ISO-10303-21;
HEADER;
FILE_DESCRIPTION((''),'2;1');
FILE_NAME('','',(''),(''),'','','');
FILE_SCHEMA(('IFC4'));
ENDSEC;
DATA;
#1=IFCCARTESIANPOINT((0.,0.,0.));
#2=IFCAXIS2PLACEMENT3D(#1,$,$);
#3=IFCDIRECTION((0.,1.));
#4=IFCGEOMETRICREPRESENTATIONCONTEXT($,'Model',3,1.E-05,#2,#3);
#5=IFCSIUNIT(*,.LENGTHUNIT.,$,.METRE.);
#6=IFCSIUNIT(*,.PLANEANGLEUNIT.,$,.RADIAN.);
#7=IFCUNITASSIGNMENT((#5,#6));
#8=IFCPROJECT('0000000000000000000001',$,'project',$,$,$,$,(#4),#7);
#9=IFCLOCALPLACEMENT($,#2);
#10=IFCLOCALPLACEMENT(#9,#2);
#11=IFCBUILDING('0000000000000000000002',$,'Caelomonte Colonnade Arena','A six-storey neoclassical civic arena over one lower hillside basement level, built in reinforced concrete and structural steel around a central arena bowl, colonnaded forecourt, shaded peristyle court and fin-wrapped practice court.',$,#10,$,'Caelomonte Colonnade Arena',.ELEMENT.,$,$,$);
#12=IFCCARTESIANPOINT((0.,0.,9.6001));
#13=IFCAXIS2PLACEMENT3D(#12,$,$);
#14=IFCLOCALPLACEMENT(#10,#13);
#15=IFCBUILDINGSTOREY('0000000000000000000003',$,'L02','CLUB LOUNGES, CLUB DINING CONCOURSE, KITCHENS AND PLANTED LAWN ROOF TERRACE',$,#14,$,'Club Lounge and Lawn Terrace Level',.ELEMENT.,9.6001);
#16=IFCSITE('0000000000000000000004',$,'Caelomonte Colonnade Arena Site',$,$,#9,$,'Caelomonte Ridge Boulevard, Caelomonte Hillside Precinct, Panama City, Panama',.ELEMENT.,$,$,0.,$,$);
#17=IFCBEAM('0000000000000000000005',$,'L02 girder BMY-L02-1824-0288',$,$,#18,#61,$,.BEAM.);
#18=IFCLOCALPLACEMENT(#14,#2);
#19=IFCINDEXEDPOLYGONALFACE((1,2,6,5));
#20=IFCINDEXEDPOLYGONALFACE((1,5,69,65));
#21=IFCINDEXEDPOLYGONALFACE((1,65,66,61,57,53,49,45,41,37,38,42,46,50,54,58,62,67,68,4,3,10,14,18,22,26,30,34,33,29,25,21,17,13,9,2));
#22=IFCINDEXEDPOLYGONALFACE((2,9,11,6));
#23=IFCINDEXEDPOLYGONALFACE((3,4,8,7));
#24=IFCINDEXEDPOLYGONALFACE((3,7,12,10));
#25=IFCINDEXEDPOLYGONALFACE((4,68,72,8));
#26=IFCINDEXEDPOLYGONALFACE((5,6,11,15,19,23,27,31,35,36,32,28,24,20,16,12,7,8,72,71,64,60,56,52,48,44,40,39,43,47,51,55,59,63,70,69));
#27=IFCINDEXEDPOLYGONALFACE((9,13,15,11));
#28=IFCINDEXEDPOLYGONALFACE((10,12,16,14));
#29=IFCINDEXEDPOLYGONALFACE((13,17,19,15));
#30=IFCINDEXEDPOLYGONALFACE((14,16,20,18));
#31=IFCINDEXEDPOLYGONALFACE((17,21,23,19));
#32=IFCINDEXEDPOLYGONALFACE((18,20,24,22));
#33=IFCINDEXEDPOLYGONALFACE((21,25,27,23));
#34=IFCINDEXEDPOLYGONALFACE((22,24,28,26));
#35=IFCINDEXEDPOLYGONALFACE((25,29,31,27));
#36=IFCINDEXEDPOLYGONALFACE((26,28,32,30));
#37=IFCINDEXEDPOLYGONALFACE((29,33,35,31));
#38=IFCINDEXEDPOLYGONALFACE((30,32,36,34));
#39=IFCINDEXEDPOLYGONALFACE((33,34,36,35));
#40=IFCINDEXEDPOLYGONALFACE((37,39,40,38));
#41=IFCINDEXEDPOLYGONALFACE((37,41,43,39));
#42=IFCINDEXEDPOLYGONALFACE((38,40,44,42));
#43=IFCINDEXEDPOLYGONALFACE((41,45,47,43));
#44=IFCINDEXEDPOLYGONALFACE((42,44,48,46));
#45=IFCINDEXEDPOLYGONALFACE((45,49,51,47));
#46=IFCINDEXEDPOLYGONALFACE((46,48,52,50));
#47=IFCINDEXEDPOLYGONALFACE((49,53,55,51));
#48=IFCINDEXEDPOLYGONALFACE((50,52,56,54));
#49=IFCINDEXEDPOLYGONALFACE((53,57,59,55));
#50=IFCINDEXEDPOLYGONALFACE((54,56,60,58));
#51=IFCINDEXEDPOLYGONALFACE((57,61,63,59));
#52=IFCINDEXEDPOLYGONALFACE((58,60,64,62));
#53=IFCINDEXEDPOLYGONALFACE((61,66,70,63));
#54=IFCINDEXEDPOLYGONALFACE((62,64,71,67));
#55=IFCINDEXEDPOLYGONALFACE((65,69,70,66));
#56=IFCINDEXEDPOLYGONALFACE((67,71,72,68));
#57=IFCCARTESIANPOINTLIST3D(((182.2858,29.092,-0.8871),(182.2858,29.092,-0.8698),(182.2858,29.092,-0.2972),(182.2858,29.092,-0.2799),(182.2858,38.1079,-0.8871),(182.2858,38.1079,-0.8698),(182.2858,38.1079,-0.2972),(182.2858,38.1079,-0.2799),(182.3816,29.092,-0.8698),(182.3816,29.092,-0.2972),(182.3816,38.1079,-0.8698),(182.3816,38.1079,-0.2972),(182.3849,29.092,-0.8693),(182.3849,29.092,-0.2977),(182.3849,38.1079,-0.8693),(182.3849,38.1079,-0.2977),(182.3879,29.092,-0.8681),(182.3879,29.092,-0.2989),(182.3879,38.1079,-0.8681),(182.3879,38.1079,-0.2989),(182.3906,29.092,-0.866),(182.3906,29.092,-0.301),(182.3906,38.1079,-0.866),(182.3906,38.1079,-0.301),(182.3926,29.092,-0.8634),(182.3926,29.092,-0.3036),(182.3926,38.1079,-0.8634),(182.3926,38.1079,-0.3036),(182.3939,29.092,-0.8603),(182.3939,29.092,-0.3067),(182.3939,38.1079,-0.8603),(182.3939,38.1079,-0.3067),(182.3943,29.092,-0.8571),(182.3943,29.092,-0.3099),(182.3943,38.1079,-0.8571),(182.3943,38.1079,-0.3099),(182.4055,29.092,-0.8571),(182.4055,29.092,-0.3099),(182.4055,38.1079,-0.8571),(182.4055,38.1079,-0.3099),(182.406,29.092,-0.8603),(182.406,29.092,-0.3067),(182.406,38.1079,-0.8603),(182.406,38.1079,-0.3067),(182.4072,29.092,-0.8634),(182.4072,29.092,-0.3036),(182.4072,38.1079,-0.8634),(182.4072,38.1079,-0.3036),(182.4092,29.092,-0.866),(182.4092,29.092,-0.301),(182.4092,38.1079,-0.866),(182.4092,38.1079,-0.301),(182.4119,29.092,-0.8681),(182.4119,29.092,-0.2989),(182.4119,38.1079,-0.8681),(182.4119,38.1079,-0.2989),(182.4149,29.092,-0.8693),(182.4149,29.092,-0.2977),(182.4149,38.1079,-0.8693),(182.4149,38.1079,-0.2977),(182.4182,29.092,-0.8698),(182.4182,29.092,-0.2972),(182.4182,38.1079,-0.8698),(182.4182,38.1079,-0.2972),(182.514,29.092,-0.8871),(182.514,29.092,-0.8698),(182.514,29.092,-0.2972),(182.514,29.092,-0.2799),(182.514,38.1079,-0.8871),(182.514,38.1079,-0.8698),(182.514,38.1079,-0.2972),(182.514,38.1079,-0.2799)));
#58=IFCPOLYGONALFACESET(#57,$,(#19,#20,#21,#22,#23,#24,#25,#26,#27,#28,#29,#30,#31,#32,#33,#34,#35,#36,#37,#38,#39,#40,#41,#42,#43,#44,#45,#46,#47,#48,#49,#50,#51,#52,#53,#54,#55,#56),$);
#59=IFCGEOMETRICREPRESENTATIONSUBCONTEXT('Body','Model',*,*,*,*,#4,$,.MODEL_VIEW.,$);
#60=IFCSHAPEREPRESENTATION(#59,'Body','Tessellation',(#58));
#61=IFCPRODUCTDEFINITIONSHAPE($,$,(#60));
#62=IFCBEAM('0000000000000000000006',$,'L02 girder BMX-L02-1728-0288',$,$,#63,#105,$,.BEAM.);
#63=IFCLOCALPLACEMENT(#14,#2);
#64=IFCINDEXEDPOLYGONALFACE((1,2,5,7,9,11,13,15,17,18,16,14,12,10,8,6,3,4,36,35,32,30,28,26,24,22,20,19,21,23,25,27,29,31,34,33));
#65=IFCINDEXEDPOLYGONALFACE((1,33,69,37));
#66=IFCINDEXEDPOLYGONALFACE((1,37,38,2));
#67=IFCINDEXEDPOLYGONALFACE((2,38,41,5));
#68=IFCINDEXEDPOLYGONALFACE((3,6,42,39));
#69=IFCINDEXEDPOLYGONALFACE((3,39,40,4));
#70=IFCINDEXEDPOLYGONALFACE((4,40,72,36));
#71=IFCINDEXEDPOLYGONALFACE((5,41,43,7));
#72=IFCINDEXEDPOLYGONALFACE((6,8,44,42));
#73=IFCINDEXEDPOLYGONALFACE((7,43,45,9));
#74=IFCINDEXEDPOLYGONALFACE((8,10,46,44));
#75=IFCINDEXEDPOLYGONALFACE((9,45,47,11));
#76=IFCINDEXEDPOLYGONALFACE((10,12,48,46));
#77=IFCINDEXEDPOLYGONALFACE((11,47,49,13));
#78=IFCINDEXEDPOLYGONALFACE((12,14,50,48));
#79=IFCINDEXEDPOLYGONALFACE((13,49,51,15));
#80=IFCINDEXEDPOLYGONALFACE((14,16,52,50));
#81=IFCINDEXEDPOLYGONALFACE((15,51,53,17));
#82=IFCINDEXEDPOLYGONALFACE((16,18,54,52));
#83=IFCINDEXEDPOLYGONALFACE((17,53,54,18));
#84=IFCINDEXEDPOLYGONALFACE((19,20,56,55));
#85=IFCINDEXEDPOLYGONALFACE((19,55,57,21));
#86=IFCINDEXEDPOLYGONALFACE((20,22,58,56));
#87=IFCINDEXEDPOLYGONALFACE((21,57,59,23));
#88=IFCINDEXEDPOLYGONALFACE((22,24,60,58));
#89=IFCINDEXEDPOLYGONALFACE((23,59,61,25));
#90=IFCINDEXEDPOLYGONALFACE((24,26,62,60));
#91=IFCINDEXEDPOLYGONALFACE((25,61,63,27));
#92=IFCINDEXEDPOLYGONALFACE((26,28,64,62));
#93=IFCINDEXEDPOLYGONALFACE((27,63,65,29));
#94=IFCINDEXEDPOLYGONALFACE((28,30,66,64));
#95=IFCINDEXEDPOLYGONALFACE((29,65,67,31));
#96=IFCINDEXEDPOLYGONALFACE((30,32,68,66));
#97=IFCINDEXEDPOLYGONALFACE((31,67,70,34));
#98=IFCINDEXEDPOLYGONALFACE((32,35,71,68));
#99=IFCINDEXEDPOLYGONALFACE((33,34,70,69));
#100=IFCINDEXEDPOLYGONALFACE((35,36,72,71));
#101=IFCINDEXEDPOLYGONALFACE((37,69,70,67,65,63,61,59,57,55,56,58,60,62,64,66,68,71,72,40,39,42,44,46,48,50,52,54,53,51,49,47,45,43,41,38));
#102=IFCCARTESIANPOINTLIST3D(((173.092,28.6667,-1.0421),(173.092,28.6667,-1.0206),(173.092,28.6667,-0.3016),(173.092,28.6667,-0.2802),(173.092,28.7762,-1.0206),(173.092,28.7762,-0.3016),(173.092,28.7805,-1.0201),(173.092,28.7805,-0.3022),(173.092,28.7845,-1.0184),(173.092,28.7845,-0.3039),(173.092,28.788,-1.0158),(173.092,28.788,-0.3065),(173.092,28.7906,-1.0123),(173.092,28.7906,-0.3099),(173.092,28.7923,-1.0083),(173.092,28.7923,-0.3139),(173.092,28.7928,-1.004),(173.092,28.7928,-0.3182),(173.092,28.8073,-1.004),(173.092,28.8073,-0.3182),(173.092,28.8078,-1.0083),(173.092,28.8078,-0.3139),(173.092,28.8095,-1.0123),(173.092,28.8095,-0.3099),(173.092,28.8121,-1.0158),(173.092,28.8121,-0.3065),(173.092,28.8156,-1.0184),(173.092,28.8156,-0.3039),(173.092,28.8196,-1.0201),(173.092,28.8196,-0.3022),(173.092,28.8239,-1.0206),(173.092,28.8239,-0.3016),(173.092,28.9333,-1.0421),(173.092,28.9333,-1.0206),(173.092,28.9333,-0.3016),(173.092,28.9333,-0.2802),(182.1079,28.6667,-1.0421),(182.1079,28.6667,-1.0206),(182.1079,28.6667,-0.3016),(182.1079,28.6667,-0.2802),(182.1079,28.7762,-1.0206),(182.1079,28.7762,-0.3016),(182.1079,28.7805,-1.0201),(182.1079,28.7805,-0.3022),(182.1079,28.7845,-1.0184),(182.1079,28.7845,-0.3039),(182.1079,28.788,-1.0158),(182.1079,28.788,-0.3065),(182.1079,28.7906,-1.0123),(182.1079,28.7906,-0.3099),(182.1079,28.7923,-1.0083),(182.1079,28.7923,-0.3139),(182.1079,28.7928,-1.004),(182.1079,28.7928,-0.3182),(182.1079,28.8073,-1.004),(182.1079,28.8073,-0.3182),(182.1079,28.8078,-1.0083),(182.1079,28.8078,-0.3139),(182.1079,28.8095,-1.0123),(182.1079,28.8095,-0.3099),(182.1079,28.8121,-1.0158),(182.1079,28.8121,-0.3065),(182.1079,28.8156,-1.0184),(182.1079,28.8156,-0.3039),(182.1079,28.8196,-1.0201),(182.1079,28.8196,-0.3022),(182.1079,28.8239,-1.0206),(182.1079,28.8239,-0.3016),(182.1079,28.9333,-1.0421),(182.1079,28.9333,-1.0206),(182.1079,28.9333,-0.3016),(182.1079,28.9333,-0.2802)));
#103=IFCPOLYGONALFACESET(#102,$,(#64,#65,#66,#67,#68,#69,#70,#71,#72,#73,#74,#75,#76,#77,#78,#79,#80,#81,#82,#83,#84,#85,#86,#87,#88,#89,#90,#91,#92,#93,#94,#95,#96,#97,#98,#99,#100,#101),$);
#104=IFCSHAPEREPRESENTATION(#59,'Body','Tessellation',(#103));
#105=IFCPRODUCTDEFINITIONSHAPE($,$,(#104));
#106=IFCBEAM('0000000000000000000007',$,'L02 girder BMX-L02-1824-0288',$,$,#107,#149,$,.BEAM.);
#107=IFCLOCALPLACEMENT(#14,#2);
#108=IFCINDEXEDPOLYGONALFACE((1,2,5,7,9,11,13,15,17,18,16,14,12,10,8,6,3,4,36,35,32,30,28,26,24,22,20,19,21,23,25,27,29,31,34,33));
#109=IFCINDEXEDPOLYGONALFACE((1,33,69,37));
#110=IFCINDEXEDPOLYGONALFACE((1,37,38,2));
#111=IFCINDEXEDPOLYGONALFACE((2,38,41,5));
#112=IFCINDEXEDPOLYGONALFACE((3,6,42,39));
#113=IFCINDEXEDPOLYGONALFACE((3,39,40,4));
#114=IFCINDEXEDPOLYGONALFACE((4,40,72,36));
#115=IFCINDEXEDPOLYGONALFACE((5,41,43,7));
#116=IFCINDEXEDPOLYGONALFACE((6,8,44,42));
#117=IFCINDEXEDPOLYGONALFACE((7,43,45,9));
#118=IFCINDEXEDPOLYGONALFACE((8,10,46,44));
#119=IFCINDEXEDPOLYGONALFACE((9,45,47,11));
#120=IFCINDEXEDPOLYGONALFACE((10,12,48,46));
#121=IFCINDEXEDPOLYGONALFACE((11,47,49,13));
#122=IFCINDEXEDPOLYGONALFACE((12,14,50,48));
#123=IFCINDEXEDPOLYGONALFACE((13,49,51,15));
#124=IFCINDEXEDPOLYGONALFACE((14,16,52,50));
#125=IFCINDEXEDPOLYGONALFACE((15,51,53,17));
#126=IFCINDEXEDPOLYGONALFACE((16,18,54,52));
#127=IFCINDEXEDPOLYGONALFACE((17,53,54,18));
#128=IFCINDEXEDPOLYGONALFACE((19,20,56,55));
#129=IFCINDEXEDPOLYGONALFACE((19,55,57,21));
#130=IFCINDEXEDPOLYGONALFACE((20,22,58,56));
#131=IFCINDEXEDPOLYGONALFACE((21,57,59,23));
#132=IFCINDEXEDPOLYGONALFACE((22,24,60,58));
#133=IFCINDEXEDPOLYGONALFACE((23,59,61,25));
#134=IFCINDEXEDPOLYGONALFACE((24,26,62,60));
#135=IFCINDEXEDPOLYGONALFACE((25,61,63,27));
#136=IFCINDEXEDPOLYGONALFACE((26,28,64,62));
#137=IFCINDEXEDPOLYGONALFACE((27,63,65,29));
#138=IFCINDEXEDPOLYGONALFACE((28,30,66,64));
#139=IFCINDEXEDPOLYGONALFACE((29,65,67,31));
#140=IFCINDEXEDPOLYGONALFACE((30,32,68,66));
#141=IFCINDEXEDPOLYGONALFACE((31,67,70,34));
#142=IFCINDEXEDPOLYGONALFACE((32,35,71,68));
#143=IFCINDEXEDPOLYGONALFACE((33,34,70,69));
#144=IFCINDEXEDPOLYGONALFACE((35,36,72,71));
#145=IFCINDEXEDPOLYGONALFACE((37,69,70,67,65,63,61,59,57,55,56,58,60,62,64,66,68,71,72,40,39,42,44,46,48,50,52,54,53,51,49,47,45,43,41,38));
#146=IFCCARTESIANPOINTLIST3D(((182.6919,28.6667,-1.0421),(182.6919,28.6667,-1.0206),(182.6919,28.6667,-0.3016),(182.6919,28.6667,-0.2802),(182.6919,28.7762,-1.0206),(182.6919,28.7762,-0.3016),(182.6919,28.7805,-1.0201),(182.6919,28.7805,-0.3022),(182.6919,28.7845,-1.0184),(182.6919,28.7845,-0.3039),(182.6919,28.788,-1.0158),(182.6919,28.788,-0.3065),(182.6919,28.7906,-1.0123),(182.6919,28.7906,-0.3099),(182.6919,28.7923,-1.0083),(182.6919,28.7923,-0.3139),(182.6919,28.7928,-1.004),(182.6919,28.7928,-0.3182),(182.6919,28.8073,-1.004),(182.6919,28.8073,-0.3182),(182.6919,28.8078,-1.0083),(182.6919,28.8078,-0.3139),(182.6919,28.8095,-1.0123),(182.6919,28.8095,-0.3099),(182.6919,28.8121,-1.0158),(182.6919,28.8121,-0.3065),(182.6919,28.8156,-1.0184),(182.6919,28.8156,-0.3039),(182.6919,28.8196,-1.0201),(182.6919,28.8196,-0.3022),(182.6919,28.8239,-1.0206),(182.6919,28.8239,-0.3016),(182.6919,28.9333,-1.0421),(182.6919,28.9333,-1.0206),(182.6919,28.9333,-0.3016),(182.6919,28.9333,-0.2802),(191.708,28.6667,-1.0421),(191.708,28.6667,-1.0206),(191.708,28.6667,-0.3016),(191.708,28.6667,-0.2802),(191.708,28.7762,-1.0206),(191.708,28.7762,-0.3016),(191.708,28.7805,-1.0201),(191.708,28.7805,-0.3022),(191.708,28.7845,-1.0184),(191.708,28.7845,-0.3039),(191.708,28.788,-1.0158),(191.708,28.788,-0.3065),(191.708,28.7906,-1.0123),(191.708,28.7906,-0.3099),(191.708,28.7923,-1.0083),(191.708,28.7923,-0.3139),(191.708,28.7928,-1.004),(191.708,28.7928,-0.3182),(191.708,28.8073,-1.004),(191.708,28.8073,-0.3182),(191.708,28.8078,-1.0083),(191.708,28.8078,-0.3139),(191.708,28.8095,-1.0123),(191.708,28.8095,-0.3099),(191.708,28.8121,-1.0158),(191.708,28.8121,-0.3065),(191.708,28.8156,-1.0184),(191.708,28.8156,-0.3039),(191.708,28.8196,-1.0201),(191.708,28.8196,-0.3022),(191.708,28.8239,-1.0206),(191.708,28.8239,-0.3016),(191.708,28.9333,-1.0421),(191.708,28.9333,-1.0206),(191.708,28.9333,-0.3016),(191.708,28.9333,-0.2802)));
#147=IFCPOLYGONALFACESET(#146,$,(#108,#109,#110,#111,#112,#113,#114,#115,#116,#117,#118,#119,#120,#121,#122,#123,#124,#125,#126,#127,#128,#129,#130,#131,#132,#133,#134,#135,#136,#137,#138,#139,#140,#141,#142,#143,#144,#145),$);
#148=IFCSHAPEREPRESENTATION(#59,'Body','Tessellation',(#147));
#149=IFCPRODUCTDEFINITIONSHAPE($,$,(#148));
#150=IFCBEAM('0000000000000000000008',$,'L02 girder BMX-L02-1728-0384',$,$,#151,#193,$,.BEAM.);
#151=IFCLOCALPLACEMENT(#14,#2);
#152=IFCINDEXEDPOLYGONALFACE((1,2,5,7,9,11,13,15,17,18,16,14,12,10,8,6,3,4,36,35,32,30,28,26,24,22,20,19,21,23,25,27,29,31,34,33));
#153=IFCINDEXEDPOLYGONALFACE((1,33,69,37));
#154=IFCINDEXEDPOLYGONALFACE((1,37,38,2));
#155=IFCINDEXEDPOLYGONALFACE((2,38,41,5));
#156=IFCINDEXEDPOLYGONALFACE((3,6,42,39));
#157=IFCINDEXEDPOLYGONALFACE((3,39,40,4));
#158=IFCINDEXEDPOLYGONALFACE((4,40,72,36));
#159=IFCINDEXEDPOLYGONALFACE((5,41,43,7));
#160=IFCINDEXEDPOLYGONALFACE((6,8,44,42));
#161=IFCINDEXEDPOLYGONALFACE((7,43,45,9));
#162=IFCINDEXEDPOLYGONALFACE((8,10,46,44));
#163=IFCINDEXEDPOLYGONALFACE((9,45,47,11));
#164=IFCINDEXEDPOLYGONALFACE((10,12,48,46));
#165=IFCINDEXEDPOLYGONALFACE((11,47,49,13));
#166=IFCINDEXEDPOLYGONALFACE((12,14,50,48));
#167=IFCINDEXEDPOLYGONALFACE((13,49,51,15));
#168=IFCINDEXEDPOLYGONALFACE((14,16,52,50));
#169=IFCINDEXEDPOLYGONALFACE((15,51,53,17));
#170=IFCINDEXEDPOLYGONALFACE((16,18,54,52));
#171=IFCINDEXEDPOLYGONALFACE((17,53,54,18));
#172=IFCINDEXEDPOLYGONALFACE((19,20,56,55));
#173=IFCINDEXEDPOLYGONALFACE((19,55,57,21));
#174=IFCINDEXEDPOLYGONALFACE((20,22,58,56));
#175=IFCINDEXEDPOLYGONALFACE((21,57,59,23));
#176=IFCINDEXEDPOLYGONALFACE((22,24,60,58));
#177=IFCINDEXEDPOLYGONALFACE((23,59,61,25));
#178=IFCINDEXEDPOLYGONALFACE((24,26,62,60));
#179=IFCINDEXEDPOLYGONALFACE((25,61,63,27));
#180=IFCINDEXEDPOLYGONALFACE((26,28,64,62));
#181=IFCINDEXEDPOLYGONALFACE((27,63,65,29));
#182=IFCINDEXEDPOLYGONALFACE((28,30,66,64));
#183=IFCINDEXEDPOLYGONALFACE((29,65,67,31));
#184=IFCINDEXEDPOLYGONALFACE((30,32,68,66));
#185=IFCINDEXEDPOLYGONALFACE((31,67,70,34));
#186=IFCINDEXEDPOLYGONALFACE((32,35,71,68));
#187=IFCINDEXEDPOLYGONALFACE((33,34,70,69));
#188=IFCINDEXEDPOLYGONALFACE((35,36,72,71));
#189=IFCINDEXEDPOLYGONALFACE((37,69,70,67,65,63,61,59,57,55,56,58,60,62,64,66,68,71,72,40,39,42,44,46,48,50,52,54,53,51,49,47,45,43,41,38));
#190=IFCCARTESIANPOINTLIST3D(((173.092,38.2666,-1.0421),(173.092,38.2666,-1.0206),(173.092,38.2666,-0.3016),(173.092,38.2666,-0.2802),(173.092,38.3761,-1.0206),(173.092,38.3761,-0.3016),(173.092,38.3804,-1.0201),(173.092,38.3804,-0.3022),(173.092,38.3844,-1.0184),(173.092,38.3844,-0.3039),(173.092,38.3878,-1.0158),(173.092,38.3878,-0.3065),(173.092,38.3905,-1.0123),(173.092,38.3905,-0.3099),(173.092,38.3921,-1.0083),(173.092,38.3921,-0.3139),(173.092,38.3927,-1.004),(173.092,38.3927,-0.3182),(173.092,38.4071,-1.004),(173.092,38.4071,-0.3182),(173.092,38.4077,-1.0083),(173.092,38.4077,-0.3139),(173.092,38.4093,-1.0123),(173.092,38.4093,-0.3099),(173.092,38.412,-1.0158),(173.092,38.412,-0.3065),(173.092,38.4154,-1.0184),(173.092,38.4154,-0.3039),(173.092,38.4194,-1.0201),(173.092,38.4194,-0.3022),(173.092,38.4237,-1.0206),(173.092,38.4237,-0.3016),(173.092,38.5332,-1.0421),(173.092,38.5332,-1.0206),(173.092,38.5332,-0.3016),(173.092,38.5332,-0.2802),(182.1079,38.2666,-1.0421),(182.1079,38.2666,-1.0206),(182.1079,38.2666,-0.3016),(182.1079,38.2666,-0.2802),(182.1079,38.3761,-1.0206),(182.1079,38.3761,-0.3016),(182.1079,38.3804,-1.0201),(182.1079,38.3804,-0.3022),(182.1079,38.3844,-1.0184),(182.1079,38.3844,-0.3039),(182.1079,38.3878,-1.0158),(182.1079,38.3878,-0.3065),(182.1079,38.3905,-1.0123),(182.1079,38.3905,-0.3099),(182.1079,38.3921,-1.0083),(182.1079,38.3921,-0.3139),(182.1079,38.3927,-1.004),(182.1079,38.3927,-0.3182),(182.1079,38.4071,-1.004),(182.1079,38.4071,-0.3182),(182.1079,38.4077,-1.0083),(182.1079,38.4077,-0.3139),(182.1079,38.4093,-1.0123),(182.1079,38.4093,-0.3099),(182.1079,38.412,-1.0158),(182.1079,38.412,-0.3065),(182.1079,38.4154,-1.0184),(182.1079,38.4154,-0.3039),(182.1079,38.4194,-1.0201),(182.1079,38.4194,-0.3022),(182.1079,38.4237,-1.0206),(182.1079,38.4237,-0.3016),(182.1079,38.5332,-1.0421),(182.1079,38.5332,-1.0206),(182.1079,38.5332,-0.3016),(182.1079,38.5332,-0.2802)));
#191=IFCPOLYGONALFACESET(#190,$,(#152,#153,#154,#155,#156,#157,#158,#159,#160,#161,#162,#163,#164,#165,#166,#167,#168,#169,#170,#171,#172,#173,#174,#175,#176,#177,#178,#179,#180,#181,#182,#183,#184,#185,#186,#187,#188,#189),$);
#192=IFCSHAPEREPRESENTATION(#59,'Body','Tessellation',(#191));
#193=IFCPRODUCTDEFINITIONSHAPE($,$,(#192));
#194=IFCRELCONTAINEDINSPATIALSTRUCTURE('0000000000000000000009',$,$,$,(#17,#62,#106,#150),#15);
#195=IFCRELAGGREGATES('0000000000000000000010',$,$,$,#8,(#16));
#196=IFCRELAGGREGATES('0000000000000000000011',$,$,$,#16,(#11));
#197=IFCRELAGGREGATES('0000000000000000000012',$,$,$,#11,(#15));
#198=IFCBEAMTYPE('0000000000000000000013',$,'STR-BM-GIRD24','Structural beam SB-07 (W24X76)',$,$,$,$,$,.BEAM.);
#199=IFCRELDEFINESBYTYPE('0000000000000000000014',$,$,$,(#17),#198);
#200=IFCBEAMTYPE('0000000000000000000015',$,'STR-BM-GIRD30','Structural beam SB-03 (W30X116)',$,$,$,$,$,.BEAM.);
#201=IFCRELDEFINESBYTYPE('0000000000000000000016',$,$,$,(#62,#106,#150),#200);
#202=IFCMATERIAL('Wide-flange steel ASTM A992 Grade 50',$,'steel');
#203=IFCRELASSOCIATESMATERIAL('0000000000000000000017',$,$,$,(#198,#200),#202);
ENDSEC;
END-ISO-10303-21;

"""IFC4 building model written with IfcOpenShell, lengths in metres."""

from ifc_helpers import new_model, si_unit, direction, frame, origin, origin_2d, place, context, subcontext, project, spatial, i_section, extrude, material, material_profile, profile_set, type_object, element, save


model = new_model("IFC4")

# Units and contexts
model_context = context("Model", 3, precision=1e-05, world=origin(), true_north=direction((0.0, 1.0)))
body_context = subcontext(model_context, "Body", "Model", "MODEL_VIEW")
ifc_project = project(units=[si_unit("LENGTHUNIT", "METRE"), si_unit("PLANEANGLEUNIT", "RADIAN")], contexts=[model_context])

# Site, building, storey
site_placement = place(None, origin())
site = spatial("IfcSite", under=ifc_project, at=site_placement, Name="Caelomonte Colonnade Arena Site", LongName="Caelomonte Ridge Boulevard, Caelomonte Hillside Precinct, Panama City, Panama", CompositionType="ELEMENT", RefElevation=0.0)
building_placement = place(site_placement, origin())
building = spatial("IfcBuilding", under=site, at=building_placement, Name="Caelomonte Colonnade Arena", Description="A six-storey neoclassical civic arena over one lower hillside basement level, built in reinforced concrete and structural steel around a central arena bowl, colonnaded forecourt, shaded peristyle court and fin-wrapped practice court.", LongName="Caelomonte Colonnade Arena", CompositionType="ELEMENT")
storey_placement = place(building_placement, frame((0.0, 0.0, 9.6001)))
storey = spatial("IfcBuildingStorey", under=building, at=storey_placement, Name="L02", Description="CLUB LOUNGES, CLUB DINING CONCOURSE, KITCHENS AND PLANTED LAWN ROOF TERRACE", LongName="Club Lounge and Lawn Terrace Level", CompositionType="ELEMENT", Elevation=9.6001)

# Beams
ifc_material_1 = material(Name="Wide-flange steel ASTM A992 Grade 50", Category="steel")
ifc_material_profile_1 = material_profile(ifc_material_1, i_section(OverallWidth=0.2283, OverallDepth=0.6072, WebThickness=0.0112, FlangeThickness=0.0173, FilletRadius=0.0127, at=origin_2d()), Name="W24X76")
ifc_profile_set_1 = profile_set([ifc_material_profile_1], Name="Wide-flange steel ASTM A992 Grade 50")
beam_type_1 = type_object("IfcBeamType", Name="STR-BM-GIRD24", Description="Structural beam SB-07 (W24X76)", PredefinedType="BEAM", material=ifc_profile_set_1)
beam_1_placement = place(storey_placement, frame((182.3999, 29.092, -0.5835), z_axis=(0.0, 1.0, 0.0), x_axis=(-1.0, 0.0, 0.0)))
element("IfcBeam", 1, at=beam_1_placement, inside=storey, type_object=beam_type_1, Name="L02 girder BMY-L02-1824-0288", PredefinedType="BEAM", context=body_context, shape_type="SweptSolid", body=[
    extrude(i_section(OverallWidth=0.2283, OverallDepth=0.6072, WebThickness=0.0112, FlangeThickness=0.0173, FilletRadius=0.0127, at=origin_2d()), origin(), (0.0, 0.0, 1.0), 9.0159),
])
ifc_material_profile_2 = material_profile(ifc_material_1, i_section(OverallWidth=0.2666, OverallDepth=0.762, WebThickness=0.0144, FlangeThickness=0.0215, FilletRadius=0.0166, at=origin_2d()), Name="W30X116")
ifc_profile_set_2 = profile_set([ifc_material_profile_2], Name="Wide-flange steel ASTM A992 Grade 50")
beam_type_2 = type_object("IfcBeamType", Name="STR-BM-GIRD30", Description="Structural beam SB-03 (W30X116)", PredefinedType="BEAM", material=ifc_profile_set_2)
beam_2_placement = place(storey_placement, frame((173.092, 28.8, -0.6611), z_axis=(1.0, 0.0, 0.0), x_axis=(0.0, 1.0, 0.0)))
element("IfcBeam", 2, at=beam_2_placement, inside=storey, type_object=beam_type_2, Name="L02 girder BMX-L02-1728-0288", PredefinedType="BEAM", context=body_context, shape_type="SweptSolid", body=[
    extrude(i_section(OverallWidth=0.2666, OverallDepth=0.762, WebThickness=0.0144, FlangeThickness=0.0215, FilletRadius=0.0166, at=origin_2d()), origin(), (0.0, 0.0, 1.0), 9.0159),
])
beam_3_placement = place(storey_placement, frame((182.6919, 28.8, -0.6611), z_axis=(1.0, 0.0, 0.0), x_axis=(0.0, 1.0, 0.0)))
element("IfcBeam", 3, at=beam_3_placement, inside=storey, type_object=beam_type_2, Name="L02 girder BMX-L02-1824-0288", PredefinedType="BEAM", context=body_context, shape_type="SweptSolid", body=[
    extrude(i_section(OverallWidth=0.2666, OverallDepth=0.762, WebThickness=0.0144, FlangeThickness=0.0215, FilletRadius=0.0166, at=origin_2d()), origin(), (0.0, 0.0, 1.0), 9.0161),
])
beam_4_placement = place(storey_placement, frame((173.092, 38.3999, -0.6611), z_axis=(1.0, 0.0, 0.0), x_axis=(0.0, 1.0, 0.0)))
element("IfcBeam", 4, at=beam_4_placement, inside=storey, type_object=beam_type_2, Name="L02 girder BMX-L02-1728-0384", PredefinedType="BEAM", context=body_context, shape_type="SweptSolid", body=[
    extrude(i_section(OverallWidth=0.2666, OverallDepth=0.762, WebThickness=0.0144, FlangeThickness=0.0215, FilletRadius=0.0166, at=origin_2d()), origin(), (0.0, 0.0, 1.0), 9.0159),
])

save(model, "model.ifc")
